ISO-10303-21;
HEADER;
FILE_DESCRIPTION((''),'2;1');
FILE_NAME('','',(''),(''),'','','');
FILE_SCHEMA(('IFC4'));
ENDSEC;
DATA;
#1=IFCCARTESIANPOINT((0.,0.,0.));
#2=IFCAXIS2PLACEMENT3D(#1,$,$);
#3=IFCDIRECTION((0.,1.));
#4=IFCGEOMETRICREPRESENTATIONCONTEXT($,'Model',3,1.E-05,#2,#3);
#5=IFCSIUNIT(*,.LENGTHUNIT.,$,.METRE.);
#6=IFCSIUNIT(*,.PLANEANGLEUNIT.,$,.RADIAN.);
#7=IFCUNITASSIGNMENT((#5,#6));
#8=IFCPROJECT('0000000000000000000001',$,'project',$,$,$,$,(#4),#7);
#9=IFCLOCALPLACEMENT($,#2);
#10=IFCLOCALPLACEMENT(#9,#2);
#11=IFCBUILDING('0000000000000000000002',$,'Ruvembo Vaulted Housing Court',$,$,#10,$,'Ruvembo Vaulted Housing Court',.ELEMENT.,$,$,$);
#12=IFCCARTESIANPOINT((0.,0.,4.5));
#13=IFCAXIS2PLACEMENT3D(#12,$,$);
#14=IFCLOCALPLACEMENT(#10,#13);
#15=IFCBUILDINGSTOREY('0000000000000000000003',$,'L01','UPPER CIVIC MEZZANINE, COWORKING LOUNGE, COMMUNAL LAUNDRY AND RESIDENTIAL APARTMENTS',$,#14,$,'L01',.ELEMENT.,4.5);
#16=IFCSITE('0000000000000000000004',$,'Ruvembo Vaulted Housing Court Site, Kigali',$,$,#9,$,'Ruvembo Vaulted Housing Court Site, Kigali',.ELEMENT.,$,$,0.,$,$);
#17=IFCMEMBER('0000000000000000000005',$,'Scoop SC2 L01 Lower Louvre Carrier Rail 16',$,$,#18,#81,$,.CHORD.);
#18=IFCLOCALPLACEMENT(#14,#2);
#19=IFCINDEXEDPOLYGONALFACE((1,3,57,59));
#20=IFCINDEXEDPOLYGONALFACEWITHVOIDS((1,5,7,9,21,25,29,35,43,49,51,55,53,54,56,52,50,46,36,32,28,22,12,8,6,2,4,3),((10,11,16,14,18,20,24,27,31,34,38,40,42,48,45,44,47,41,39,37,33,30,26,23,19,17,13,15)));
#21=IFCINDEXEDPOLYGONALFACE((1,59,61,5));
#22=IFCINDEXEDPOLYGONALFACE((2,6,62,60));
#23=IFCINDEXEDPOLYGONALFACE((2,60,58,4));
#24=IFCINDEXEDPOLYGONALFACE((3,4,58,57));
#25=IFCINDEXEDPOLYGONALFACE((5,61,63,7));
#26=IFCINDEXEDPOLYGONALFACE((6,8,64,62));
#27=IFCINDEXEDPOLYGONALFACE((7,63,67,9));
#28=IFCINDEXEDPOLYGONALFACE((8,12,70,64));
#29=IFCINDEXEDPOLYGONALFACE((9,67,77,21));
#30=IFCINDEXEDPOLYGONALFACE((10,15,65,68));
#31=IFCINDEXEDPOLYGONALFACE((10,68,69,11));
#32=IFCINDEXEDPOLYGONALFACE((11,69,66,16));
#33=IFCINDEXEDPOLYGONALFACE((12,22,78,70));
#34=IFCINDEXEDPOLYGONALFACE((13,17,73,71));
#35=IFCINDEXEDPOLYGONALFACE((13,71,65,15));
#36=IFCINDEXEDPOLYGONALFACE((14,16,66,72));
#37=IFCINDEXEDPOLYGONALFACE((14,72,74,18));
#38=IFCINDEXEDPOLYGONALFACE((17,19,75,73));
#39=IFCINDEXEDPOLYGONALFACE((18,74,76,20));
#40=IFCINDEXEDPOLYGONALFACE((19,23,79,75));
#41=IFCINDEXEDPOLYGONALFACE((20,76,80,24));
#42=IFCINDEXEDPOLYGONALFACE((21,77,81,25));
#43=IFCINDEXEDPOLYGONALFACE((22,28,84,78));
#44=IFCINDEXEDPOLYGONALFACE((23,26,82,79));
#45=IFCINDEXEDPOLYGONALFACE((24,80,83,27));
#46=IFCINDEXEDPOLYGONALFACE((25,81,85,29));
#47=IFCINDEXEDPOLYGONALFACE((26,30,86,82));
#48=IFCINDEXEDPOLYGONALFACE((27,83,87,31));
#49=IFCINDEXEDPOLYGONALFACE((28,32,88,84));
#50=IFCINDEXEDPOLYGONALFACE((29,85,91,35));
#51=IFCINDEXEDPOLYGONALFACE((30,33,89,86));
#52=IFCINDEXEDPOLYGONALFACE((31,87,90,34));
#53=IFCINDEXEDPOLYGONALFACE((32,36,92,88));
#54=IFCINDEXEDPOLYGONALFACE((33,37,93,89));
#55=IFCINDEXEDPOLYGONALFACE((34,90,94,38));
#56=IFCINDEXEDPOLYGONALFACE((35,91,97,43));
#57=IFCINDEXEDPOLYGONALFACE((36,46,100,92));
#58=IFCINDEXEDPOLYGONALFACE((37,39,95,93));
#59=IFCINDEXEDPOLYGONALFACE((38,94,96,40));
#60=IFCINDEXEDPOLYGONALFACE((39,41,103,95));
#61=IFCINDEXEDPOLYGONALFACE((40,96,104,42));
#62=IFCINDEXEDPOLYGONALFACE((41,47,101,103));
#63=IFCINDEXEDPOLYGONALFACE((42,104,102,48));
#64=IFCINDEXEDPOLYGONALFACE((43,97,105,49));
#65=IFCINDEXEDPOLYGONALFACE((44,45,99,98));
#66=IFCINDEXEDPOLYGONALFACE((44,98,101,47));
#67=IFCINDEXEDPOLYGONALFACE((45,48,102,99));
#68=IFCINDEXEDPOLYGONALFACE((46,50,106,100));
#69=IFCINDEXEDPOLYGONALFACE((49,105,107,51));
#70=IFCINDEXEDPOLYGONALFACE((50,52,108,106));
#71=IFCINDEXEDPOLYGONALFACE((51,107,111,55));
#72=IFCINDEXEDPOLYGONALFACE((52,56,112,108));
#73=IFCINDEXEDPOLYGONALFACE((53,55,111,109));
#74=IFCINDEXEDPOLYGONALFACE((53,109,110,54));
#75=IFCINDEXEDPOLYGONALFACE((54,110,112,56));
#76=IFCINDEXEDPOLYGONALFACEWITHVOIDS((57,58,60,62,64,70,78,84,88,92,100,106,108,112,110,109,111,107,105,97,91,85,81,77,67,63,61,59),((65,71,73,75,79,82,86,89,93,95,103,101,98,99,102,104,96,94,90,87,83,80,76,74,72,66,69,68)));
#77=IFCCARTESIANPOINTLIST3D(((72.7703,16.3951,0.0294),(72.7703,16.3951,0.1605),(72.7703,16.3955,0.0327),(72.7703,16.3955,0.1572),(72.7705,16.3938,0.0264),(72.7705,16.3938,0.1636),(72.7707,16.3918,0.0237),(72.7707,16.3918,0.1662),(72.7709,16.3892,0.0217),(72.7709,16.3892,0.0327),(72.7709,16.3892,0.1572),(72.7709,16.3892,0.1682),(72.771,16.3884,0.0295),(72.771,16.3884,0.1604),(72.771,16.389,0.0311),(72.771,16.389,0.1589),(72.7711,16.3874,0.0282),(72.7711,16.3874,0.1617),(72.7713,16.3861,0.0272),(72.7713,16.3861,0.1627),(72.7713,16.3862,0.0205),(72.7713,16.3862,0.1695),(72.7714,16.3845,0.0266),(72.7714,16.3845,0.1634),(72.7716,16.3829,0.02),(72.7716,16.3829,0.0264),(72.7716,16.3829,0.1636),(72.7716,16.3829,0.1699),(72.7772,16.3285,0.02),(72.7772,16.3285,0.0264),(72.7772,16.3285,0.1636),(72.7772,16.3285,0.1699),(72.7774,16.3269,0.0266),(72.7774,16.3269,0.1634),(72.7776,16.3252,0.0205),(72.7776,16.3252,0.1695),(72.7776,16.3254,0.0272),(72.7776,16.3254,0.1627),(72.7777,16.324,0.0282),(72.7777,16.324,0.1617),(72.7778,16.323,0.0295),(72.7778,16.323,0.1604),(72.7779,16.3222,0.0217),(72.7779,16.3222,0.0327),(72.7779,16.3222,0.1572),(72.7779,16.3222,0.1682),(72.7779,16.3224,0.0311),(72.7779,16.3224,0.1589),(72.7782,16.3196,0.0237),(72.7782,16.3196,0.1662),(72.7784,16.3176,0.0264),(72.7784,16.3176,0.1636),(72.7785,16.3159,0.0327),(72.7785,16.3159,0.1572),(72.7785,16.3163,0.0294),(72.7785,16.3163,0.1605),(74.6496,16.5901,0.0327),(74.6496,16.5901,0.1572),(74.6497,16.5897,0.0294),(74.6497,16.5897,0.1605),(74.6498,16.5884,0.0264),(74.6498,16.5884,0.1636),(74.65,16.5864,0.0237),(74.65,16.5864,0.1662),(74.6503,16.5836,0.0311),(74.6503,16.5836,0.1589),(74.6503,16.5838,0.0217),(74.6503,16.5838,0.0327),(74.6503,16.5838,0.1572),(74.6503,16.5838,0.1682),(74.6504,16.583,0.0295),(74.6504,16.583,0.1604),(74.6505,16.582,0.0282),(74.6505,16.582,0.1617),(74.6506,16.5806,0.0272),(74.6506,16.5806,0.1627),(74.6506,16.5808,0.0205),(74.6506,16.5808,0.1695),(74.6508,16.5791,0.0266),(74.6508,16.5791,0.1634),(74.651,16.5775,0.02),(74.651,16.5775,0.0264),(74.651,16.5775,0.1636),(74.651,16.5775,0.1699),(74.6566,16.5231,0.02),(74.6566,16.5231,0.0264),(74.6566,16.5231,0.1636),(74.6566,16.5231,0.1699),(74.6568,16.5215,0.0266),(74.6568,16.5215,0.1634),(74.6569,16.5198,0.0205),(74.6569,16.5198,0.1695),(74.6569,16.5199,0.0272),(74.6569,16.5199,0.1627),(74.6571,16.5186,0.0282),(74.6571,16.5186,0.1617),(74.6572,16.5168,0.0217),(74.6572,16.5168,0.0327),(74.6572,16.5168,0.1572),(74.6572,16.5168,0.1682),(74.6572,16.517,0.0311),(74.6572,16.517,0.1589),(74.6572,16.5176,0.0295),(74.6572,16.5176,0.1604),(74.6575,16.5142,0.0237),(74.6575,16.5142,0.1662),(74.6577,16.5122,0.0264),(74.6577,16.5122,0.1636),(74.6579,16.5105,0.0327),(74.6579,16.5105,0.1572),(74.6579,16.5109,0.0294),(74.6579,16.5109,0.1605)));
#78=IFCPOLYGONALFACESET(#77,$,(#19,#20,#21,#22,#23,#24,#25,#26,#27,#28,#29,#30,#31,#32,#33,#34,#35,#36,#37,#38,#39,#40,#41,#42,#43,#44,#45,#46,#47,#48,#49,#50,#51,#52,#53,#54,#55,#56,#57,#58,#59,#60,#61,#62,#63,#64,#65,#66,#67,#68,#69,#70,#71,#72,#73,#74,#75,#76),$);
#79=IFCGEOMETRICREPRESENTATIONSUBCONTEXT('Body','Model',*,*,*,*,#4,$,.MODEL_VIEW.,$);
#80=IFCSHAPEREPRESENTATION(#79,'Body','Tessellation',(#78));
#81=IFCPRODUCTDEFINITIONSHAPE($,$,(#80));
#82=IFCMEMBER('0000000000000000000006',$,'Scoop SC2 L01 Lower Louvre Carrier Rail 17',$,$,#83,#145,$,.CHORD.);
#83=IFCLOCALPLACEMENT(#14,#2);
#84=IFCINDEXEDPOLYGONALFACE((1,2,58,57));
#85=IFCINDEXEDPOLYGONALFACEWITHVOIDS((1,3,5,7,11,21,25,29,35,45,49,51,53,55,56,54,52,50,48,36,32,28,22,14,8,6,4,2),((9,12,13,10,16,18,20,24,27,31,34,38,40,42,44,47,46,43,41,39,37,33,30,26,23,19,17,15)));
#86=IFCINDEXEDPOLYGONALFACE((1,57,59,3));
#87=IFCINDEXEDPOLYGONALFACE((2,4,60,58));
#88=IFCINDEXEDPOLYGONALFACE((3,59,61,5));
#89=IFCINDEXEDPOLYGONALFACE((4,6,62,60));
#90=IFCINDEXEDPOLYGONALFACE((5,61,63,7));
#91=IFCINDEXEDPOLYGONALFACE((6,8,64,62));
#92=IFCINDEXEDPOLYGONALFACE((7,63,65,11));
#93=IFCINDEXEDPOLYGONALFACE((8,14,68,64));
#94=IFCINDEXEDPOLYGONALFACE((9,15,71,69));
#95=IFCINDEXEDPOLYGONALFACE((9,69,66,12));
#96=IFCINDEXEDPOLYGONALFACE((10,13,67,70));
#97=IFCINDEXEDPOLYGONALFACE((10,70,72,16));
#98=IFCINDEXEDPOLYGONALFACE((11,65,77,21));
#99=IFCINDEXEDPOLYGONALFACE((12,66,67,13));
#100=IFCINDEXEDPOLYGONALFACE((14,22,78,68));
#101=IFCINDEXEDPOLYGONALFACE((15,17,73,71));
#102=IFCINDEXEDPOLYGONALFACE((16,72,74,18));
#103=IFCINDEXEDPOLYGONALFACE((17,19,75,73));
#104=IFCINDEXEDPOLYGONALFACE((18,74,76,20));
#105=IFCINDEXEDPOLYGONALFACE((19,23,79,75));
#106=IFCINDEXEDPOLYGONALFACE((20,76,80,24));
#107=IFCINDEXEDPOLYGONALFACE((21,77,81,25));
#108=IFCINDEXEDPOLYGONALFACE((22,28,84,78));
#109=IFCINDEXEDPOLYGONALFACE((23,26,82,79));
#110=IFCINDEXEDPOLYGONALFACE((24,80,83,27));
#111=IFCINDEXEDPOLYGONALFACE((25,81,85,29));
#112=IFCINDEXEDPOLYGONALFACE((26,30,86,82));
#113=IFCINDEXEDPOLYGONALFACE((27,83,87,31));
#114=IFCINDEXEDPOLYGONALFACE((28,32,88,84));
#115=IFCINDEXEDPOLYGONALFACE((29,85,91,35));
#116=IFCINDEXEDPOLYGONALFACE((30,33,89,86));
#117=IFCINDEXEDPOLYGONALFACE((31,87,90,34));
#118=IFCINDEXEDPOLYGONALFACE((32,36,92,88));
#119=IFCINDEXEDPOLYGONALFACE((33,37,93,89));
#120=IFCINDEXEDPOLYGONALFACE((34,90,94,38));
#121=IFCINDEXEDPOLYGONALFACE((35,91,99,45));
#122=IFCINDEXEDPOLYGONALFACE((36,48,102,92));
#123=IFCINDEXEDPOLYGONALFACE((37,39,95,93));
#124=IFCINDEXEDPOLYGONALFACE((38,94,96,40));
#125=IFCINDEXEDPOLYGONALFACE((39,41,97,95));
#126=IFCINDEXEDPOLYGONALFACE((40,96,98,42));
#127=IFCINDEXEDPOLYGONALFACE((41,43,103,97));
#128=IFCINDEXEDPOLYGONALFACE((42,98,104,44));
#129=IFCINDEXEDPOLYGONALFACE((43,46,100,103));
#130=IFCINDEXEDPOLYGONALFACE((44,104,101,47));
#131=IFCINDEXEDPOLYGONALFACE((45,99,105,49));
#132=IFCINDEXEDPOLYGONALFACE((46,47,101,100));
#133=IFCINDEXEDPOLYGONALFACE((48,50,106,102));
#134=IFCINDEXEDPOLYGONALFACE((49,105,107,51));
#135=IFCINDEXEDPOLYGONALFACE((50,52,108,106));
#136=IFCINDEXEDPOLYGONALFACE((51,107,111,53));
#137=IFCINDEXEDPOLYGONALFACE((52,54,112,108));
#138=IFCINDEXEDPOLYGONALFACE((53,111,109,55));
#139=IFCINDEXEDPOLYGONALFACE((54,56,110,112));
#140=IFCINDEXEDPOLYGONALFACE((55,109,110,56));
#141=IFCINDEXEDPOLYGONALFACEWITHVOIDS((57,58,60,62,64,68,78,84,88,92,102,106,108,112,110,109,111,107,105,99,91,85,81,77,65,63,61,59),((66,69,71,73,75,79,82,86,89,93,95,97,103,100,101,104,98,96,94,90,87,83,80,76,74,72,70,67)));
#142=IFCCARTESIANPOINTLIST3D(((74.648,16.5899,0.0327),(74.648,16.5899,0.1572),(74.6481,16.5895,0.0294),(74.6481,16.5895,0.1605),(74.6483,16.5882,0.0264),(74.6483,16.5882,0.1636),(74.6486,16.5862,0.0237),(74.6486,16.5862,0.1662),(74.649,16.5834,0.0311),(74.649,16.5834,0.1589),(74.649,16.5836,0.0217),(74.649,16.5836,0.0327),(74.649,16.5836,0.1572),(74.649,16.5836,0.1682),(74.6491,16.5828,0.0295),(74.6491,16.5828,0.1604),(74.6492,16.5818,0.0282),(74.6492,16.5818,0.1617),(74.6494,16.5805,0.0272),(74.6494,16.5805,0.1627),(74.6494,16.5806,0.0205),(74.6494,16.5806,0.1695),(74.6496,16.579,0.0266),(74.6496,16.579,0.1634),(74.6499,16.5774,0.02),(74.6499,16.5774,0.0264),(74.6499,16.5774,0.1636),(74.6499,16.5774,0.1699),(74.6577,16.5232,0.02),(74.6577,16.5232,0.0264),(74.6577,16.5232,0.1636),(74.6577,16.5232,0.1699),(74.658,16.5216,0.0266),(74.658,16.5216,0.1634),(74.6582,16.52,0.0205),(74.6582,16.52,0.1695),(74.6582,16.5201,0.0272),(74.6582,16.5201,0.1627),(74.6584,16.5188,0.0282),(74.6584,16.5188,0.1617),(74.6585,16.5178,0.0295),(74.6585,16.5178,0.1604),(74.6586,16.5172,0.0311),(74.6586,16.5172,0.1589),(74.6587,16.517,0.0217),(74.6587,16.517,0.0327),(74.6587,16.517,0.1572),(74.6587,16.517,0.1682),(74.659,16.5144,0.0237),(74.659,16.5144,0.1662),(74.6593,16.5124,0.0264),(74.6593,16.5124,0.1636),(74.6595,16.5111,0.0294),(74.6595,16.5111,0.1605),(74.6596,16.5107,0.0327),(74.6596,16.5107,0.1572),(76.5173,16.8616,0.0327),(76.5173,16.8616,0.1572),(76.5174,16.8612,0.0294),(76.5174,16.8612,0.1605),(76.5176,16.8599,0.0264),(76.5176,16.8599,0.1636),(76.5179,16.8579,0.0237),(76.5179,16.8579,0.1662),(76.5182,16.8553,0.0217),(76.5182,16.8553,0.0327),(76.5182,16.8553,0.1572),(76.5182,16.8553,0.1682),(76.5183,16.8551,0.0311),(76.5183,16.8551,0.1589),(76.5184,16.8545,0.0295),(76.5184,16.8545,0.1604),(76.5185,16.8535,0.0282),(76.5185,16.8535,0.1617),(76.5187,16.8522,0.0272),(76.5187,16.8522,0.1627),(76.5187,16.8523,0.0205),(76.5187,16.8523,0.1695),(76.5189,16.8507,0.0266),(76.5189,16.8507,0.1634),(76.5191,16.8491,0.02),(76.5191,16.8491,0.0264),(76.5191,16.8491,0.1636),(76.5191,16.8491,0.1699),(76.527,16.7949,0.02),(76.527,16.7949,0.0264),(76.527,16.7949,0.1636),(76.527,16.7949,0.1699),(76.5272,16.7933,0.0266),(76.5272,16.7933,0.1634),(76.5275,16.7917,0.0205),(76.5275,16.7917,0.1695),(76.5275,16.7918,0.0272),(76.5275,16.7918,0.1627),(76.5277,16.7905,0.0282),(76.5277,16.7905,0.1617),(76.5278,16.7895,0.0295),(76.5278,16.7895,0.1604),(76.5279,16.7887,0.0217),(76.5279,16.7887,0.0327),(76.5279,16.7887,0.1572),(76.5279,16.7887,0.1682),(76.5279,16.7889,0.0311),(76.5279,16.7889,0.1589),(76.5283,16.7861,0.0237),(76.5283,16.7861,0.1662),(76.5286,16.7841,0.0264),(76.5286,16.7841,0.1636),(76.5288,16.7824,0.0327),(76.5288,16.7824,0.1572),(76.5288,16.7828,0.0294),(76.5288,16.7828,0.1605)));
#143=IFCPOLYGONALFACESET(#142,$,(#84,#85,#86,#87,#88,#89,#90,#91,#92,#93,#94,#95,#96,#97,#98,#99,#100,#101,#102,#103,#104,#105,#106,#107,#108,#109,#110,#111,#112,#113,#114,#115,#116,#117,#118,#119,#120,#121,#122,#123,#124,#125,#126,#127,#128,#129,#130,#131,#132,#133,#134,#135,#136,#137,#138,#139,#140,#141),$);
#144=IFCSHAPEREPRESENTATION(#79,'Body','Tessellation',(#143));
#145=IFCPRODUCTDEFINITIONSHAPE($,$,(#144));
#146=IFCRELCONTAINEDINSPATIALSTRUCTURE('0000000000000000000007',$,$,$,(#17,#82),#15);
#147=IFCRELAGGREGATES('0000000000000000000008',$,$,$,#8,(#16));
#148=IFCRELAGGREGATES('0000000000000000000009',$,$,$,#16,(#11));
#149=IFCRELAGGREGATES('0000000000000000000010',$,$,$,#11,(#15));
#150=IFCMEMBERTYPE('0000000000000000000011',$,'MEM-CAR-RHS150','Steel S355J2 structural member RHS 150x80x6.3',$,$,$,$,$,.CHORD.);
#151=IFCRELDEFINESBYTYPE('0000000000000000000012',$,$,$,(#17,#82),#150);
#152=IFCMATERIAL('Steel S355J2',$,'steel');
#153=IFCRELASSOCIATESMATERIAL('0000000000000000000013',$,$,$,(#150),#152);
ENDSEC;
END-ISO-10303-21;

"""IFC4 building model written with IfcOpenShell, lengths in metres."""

from ifc_helpers import new_model, si_unit, direction, frame, origin, origin_2d, place, context, subcontext, project, spatial, hollow_rectangle, extrude, material, material_profile, profile_set, type_object, element, save


model = new_model("IFC4")

# Units and contexts
model_context = context("Model", 3, precision=1e-05, world=origin(), true_north=direction((0.0, 1.0)))
body_context = subcontext(model_context, "Body", "Model", "MODEL_VIEW")
ifc_project = project(units=[si_unit("LENGTHUNIT", "METRE"), si_unit("PLANEANGLEUNIT", "RADIAN")], contexts=[model_context])

# Site, building, storey
site_placement = place(None, origin())
site = spatial("IfcSite", under=ifc_project, at=site_placement, Name="Ruvembo Vaulted Housing Court Site, Kigali", LongName="Ruvembo Vaulted Housing Court Site, Kigali", CompositionType="ELEMENT", RefElevation=0.0)
building_placement = place(site_placement, origin())
building = spatial("IfcBuilding", under=site, at=building_placement, Name="Ruvembo Vaulted Housing Court", LongName="Ruvembo Vaulted Housing Court", CompositionType="ELEMENT")
storey_placement = place(building_placement, frame((0.0, 0.0, 4.5)))
storey = spatial("IfcBuildingStorey", under=building, at=storey_placement, Name="L01", Description="UPPER CIVIC MEZZANINE, COWORKING LOUNGE, COMMUNAL LAUNDRY AND RESIDENTIAL APARTMENTS", LongName="L01", CompositionType="ELEMENT", Elevation=4.5)

# Shared definitions
ifc_material_1 = material(Name="Steel S355J2", Category="steel")

# Members
ifc_material_profile_1 = material_profile(ifc_material_1, hollow_rectangle(XDim=0.0801, YDim=0.1499, WallThickness=0.0063, InnerFilletRadius=0.0063, OuterFilletRadius=0.0127, at=origin_2d()), Name="RHS 150x80x6.3")
ifc_profile_set_1 = profile_set([ifc_material_profile_1], Name="Steel S355J2")
member_type_1 = type_object("IfcMemberType", Name="MEM-CAR-RHS150", Description="Steel S355J2 structural member RHS 150x80x6.3", PredefinedType="CHORD", material=ifc_profile_set_1)
member_1_placement = place(storey_placement, frame((72.7744, 16.3557, 0.095), z_axis=(0.994683, 0.102983, 0.0), x_axis=(-0.102983, 0.994683, 0.0)))
element("IfcMember", 1, at=member_1_placement, inside=storey, type_object=member_type_1, Name="Scoop SC2 L01 Lower Louvre Carrier Rail 16", PredefinedType="CHORD", context=body_context, shape_type="SweptSolid", body=[
    extrude(hollow_rectangle(XDim=0.0801, YDim=0.1499, WallThickness=0.0063, InnerFilletRadius=0.0063, OuterFilletRadius=0.0127, at=origin_2d()), origin(), (0.0, 0.0, 1.0), 1.8894),
])
member_2_placement = place(storey_placement, frame((74.6538, 16.5503, 0.095), z_axis=(0.9896, 0.143845, 0.0), x_axis=(-0.143845, 0.9896, 0.0)))
element("IfcMember", 2, at=member_2_placement, inside=storey, type_object=member_type_1, Name="Scoop SC2 L01 Lower Louvre Carrier Rail 17", PredefinedType="CHORD", context=body_context, shape_type="SweptSolid", body=[
    extrude(hollow_rectangle(XDim=0.0801, YDim=0.1499, WallThickness=0.0063, InnerFilletRadius=0.0063, OuterFilletRadius=0.0127, at=origin_2d()), origin(), (0.0, 0.0, 1.0), 1.8889),
])

save(model, "model.ifc")
